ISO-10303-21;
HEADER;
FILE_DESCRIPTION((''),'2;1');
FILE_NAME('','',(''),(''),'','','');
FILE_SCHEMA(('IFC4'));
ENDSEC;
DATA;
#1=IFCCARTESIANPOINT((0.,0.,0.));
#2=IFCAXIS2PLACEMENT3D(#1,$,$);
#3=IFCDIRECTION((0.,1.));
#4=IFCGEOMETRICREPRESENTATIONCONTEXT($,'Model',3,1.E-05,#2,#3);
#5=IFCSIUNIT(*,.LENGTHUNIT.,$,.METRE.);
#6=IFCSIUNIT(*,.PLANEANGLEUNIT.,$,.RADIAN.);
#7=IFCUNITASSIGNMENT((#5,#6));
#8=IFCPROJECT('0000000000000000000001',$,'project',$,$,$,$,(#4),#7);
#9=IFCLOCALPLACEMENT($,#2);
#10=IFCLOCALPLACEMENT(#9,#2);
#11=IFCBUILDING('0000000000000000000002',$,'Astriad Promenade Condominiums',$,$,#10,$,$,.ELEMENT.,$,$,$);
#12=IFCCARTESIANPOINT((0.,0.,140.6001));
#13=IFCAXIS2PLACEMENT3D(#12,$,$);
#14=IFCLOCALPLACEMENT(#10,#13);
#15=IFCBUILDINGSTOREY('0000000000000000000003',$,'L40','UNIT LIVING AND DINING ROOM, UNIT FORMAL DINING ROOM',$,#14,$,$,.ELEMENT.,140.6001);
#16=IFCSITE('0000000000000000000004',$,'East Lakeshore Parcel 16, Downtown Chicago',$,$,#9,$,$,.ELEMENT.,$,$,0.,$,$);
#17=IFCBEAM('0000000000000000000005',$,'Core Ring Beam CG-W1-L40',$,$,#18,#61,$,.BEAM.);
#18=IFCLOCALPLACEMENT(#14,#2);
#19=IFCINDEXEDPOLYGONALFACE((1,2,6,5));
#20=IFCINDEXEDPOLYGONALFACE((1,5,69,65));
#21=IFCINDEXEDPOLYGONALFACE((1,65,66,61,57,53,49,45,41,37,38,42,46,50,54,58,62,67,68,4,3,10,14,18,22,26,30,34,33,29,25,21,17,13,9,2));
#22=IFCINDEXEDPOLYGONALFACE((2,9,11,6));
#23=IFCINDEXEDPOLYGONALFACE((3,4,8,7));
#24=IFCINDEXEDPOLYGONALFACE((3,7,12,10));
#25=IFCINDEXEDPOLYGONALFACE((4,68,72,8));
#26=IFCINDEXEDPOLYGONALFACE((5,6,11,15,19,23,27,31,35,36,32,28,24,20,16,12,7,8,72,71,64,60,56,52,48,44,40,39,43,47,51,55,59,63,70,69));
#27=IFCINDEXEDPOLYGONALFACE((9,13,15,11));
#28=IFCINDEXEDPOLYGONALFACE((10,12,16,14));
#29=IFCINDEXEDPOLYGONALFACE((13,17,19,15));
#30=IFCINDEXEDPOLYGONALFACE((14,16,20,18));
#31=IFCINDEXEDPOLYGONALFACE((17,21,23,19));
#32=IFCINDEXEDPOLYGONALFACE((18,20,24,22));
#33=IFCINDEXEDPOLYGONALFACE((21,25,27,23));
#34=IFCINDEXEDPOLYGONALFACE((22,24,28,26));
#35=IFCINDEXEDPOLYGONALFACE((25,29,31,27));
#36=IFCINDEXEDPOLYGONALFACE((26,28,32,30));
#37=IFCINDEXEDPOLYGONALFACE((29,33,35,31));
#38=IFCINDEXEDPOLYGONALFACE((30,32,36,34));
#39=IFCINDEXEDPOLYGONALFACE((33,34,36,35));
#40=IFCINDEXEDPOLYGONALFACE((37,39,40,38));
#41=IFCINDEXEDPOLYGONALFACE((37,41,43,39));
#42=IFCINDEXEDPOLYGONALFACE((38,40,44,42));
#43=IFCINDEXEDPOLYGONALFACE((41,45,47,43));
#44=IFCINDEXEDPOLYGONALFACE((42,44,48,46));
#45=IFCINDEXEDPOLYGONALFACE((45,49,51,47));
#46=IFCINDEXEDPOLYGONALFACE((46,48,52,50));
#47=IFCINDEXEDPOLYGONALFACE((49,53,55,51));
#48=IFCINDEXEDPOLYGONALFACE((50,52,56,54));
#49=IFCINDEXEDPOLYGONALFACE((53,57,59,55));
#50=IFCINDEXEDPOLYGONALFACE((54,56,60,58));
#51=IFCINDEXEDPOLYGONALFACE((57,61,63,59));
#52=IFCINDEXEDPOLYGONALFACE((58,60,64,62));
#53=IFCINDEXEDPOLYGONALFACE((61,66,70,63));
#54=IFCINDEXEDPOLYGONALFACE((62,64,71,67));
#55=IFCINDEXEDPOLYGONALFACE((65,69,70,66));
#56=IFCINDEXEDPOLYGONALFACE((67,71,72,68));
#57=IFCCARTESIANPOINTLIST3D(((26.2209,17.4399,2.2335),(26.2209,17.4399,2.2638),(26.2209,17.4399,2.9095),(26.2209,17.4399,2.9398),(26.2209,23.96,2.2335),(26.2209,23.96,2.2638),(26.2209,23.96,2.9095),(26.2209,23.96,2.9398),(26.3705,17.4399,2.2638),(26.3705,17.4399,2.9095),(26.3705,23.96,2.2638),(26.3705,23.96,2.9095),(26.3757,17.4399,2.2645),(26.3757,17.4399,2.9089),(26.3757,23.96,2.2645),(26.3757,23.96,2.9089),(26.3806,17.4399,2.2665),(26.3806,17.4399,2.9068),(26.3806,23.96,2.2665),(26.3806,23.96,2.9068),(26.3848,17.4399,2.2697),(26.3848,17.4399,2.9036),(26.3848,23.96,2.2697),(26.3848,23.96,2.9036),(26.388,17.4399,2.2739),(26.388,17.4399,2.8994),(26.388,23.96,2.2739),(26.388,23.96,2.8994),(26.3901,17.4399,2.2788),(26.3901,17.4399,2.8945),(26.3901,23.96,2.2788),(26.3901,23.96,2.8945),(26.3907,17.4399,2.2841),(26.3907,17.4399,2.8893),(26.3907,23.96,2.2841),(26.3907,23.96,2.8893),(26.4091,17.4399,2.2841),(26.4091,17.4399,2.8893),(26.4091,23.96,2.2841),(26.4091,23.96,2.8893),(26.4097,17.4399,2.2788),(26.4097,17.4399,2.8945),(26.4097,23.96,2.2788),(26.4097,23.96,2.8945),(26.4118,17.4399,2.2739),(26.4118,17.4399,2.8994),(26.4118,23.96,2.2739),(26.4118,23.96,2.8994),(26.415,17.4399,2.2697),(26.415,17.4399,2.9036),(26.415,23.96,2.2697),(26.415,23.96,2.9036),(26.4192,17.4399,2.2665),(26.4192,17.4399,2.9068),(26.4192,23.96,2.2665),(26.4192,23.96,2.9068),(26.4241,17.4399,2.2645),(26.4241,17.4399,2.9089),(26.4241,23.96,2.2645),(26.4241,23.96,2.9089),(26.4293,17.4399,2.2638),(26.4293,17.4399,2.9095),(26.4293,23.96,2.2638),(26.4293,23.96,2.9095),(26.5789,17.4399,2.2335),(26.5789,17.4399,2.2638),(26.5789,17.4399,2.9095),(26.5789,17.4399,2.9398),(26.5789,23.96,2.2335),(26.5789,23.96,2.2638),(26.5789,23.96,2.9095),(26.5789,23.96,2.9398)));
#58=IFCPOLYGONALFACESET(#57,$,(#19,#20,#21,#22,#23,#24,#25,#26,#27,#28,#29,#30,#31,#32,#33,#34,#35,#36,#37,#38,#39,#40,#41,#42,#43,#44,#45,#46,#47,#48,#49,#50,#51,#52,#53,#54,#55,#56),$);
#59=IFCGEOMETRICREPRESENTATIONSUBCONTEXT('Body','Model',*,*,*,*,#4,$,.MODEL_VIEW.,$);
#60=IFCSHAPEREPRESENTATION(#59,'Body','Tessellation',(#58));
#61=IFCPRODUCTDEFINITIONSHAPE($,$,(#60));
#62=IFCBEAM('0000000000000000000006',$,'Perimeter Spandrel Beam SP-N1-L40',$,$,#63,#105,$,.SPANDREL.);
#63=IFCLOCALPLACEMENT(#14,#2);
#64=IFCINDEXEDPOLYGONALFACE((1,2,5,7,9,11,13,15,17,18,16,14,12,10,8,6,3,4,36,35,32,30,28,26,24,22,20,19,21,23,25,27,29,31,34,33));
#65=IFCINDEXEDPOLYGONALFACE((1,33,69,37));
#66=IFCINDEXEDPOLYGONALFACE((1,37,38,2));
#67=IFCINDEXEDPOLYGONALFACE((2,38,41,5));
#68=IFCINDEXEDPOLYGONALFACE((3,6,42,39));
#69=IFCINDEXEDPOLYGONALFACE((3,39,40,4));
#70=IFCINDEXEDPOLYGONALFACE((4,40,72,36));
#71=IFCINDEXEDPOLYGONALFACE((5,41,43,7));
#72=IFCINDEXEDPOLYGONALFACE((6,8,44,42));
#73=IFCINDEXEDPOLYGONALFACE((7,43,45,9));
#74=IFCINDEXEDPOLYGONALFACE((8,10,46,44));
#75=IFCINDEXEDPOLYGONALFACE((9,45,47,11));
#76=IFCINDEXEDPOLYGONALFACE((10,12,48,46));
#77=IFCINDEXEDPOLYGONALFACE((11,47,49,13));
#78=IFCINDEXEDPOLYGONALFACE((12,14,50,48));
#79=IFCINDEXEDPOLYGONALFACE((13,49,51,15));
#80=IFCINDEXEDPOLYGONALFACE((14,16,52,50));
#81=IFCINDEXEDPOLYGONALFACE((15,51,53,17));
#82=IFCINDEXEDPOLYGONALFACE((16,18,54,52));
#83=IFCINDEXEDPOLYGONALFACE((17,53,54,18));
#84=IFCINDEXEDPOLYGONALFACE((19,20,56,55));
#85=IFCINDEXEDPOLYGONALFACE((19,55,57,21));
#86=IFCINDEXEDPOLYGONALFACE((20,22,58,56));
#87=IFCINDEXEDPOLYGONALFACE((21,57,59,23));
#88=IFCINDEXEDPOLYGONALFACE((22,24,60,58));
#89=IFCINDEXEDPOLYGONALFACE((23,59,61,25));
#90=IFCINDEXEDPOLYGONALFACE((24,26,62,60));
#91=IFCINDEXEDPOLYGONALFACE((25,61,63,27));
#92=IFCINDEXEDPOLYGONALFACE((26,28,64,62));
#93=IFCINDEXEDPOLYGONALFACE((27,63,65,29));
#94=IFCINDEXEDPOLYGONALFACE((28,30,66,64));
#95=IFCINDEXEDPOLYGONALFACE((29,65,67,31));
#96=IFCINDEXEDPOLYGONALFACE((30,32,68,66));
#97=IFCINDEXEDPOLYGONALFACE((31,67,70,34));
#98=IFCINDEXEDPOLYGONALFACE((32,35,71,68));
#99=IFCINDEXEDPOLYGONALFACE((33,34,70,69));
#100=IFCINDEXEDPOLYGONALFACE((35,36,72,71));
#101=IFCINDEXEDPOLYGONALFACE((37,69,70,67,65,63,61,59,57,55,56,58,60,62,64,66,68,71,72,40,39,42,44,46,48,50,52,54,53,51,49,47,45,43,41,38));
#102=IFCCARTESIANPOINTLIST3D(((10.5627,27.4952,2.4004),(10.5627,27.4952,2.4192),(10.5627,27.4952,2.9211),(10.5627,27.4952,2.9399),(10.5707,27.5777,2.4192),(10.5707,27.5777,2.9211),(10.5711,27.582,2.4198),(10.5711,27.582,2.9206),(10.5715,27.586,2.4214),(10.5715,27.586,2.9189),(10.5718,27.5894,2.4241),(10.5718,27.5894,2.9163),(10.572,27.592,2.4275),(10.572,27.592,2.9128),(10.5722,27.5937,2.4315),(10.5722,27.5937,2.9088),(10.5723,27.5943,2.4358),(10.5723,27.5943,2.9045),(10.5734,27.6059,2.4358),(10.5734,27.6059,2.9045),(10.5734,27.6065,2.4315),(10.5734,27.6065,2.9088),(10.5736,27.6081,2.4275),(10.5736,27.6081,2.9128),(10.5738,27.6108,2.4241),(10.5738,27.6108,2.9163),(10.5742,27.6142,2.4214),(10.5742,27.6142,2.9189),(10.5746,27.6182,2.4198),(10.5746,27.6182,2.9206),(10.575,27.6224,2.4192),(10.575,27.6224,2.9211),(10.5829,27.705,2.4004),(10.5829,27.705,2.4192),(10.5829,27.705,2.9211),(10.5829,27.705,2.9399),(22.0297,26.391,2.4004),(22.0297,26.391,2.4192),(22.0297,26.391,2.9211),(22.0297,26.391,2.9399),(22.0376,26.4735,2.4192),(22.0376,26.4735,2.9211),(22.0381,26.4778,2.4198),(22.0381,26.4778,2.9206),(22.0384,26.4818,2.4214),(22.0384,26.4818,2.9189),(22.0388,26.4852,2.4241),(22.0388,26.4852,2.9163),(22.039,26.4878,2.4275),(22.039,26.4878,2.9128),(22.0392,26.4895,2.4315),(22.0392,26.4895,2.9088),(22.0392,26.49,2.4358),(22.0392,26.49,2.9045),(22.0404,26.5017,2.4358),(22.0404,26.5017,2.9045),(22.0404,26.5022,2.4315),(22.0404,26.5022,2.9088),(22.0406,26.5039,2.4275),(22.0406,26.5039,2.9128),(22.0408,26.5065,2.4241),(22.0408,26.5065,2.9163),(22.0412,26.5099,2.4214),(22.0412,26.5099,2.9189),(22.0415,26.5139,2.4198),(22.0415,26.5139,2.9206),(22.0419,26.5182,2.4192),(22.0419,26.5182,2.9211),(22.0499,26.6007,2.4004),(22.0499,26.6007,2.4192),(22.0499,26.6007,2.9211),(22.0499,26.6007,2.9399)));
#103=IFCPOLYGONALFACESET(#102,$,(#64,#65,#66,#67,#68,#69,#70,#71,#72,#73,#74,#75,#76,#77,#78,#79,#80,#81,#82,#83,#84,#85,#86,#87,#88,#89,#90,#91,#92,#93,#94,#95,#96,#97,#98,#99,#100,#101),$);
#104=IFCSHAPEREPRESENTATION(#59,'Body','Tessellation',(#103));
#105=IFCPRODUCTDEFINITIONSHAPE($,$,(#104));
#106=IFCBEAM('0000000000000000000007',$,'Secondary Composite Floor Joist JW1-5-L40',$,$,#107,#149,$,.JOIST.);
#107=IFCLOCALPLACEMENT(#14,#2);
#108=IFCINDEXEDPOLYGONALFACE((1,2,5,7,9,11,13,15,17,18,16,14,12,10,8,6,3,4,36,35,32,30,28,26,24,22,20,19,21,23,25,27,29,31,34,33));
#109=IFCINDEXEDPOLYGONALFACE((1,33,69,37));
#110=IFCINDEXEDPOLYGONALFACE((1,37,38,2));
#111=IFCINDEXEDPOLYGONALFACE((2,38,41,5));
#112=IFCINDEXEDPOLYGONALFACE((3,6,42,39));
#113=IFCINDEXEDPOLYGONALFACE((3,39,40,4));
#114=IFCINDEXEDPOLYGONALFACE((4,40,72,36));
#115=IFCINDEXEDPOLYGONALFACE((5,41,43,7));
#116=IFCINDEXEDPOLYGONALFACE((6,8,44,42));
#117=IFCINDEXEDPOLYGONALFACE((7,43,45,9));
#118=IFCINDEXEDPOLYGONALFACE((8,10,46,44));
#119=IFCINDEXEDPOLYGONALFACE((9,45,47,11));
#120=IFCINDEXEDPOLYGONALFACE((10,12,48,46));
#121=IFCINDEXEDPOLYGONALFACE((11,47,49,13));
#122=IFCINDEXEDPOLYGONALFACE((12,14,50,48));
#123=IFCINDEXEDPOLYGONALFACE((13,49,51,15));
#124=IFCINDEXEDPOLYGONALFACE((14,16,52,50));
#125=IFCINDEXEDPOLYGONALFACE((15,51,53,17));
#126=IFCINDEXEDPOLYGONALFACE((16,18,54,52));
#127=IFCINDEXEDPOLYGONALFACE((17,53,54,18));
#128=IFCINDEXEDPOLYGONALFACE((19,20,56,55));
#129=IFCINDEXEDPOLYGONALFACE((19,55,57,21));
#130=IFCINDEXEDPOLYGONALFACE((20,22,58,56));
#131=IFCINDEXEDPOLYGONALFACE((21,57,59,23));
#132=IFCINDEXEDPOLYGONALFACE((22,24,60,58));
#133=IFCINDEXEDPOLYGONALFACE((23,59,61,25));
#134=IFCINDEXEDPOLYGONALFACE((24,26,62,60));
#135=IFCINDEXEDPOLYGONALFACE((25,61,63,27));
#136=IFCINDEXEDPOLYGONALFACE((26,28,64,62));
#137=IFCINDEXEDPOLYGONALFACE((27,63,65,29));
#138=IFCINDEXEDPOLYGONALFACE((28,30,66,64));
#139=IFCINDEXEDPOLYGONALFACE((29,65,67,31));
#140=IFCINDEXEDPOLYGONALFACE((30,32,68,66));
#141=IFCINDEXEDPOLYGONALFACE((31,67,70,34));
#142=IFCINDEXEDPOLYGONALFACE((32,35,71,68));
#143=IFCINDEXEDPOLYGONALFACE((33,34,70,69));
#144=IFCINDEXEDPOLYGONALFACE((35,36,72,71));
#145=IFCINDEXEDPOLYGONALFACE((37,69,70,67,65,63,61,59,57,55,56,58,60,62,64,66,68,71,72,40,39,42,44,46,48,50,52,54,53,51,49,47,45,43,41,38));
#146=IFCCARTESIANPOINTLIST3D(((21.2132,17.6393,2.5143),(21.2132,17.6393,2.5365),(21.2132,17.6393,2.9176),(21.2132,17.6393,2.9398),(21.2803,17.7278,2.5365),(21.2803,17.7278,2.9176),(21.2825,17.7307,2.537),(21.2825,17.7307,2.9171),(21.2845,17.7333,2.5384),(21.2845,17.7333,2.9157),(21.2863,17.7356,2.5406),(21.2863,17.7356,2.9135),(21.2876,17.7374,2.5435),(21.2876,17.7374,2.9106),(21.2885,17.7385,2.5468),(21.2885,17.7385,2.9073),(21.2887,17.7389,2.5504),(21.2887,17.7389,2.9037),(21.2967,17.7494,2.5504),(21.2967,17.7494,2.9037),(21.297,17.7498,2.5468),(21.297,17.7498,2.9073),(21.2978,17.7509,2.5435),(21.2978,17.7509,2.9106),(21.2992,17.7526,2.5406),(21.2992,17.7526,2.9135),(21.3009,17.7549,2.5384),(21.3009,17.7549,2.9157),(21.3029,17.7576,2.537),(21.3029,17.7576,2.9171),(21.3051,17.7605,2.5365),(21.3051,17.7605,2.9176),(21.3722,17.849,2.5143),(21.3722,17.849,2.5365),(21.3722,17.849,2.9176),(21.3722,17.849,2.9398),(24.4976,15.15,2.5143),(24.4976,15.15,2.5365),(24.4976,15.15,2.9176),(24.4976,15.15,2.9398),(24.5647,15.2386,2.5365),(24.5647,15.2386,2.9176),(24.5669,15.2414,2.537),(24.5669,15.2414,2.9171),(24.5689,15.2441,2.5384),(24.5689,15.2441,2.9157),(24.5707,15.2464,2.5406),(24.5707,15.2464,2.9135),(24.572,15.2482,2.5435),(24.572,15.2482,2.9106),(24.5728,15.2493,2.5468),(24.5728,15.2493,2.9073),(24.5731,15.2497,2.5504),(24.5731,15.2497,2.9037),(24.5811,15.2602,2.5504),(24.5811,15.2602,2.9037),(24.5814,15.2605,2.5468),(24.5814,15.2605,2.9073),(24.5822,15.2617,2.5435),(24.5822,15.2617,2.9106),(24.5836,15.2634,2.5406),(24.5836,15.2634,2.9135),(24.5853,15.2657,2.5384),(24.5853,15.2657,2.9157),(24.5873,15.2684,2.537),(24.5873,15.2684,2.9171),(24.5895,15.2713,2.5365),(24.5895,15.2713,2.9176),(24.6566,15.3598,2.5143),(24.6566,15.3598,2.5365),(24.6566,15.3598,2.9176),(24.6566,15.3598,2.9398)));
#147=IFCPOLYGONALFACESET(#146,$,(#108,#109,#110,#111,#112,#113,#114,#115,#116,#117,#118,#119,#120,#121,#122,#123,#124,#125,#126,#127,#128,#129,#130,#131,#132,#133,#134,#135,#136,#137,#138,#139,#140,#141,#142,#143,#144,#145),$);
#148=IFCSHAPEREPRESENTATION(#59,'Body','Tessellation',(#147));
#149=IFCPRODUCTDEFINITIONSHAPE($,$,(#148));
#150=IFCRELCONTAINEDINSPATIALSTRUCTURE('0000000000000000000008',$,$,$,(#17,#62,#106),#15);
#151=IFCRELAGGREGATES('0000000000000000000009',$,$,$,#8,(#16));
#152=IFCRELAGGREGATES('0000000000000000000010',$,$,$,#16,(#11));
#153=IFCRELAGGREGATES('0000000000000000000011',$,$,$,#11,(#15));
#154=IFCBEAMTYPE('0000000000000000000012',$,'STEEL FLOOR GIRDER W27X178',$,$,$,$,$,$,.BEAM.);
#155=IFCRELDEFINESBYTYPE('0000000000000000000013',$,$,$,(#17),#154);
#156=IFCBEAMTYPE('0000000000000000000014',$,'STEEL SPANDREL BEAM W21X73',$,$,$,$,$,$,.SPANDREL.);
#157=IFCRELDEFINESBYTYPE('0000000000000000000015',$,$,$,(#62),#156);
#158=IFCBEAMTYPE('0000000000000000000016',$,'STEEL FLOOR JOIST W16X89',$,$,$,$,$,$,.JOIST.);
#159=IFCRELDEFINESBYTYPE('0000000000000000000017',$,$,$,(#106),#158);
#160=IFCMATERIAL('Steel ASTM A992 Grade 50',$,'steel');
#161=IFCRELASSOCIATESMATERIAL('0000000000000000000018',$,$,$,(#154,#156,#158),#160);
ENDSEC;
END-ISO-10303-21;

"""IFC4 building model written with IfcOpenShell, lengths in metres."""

from ifc_helpers import new_model, si_unit, direction, frame, origin, origin_2d, place, context, subcontext, project, spatial, i_section, extrude, source, transform, mapped, material, material_profile, profile_set, type_object, type_shapes, element, save


model = new_model("IFC4")

# Units and contexts
model_context = context("Model", 3, precision=1e-05, world=origin(), true_north=direction((0.0, 1.0)))
body_context = subcontext(model_context, "Body", "Model", "MODEL_VIEW")
ifc_project = project(units=[si_unit("LENGTHUNIT", "METRE"), si_unit("PLANEANGLEUNIT", "RADIAN")], contexts=[model_context])

# Site, building, storey
site_placement = place(None, origin())
site = spatial("IfcSite", under=ifc_project, at=site_placement, Name="East Lakeshore Parcel 16, Downtown Chicago", CompositionType="ELEMENT", RefElevation=0.0)
building_placement = place(site_placement, origin())
building = spatial("IfcBuilding", under=site, at=building_placement, Name="Astriad Promenade Condominiums", CompositionType="ELEMENT")
storey_placement = place(building_placement, frame((0.0, 0.0, 140.6001)))
storey = spatial("IfcBuildingStorey", under=building, at=storey_placement, Name="L40", Description="UNIT LIVING AND DINING ROOM, UNIT FORMAL DINING ROOM", CompositionType="ELEMENT", Elevation=140.6001)

# Shared definitions
ifc_material_1 = material(Name="Steel ASTM A992 Grade 50", Category="steel")

# Beams
ifc_material_profile_1 = material_profile(ifc_material_1, i_section(OverallWidth=0.3579, OverallDepth=0.7063, WebThickness=0.0183, FlangeThickness=0.0303, FilletRadius=0.0203, at=origin_2d()), Name="W27X178")
ifc_profile_set_1 = profile_set([ifc_material_profile_1], Name="Steel ASTM A992 Grade 50")
beam_type_1 = type_object("IfcBeamType", Name="STEEL FLOOR GIRDER W27X178", PredefinedType="BEAM", material=ifc_profile_set_1)
shared_shape_1 = source(origin(), body_context, "Body", "SweptSolid", [
    extrude(i_section(OverallWidth=0.3579, OverallDepth=0.7063, WebThickness=0.0183, FlangeThickness=0.0303, FilletRadius=0.0203, at=origin_2d()), origin(), (0.0, 0.0, 1.0), 6.52),
])
type_shapes(beam_type_1, [shared_shape_1])
beam_1_placement = place(storey_placement, frame((26.3999, 17.4399, 2.5867), z_axis=(0.0, 1.0, 0.0), x_axis=(-1.0, 0.0, 0.0)))
element("IfcBeam", 1, at=beam_1_placement, inside=storey, type_object=beam_type_1, Name="Core Ring Beam CG-W1-L40", PredefinedType="BEAM", context=body_context, shape_type="MappedRepresentation", body=[
    mapped(shared_shape_1, transform((0.0, 0.0, 0.0), scale=1.0)),
])
ifc_material_profile_2 = material_profile(ifc_material_1, i_section(OverallWidth=0.2107, OverallDepth=0.5396, WebThickness=0.0117, FlangeThickness=0.0188, FilletRadius=0.0166, at=origin_2d()), Name="W21X73")
ifc_profile_set_2 = profile_set([ifc_material_profile_2], Name="Steel ASTM A992 Grade 50")
beam_type_2 = type_object("IfcBeamType", Name="STEEL SPANDREL BEAM W21X73", PredefinedType="SPANDREL", material=ifc_profile_set_2)
shared_shape_2 = source(origin(), body_context, "Body", "SweptSolid", [
    extrude(i_section(OverallWidth=0.2107, OverallDepth=0.5396, WebThickness=0.0117, FlangeThickness=0.0188, FilletRadius=0.0166, at=origin_2d()), origin(), (0.0, 0.0, 1.0), 11.52),
])
type_shapes(beam_type_2, [shared_shape_2])
beam_2_placement = place(storey_placement, frame((22.0398, 26.4958, 2.6702), z_axis=(-0.995395, 0.095854, 0.0), x_axis=(-0.095854, -0.995395, 0.0)))
element("IfcBeam", 2, at=beam_2_placement, inside=storey, type_object=beam_type_2, Name="Perimeter Spandrel Beam SP-N1-L40", PredefinedType="SPANDREL", context=body_context, shape_type="MappedRepresentation", body=[
    mapped(shared_shape_2, transform((0.0, 0.0, 0.0), scale=1.0)),
])
ifc_material_profile_3 = material_profile(ifc_material_1, i_section(OverallWidth=0.2632, OverallDepth=0.4255, WebThickness=0.0132, FlangeThickness=0.0222, FilletRadius=0.0139, at=origin_2d()), Name="W16X89")
ifc_profile_set_3 = profile_set([ifc_material_profile_3], Name="Steel ASTM A992 Grade 50")
beam_type_3 = type_object("IfcBeamType", Name="STEEL FLOOR JOIST W16X89", PredefinedType="JOIST", material=ifc_profile_set_3)
shared_shape_3 = source(origin(), body_context, "Body", "SweptSolid", [
    extrude(i_section(OverallWidth=0.2632, OverallDepth=0.4255, WebThickness=0.0132, FlangeThickness=0.0222, FilletRadius=0.0139, at=origin_2d()), origin(), (0.0, 0.0, 1.0), 4.1211),
])
beam_3_placement = place(storey_placement, frame((21.2927, 17.7441, 2.7271), z_axis=(0.796969, -0.604021, 0.0), x_axis=(0.604021, 0.796969, 0.0)))
element("IfcBeam", 3, at=beam_3_placement, inside=storey, type_object=beam_type_3, Name="Secondary Composite Floor Joist JW1-5-L40", PredefinedType="JOIST", context=body_context, shape_type="MappedRepresentation", body=[
    mapped(shared_shape_3, transform((0.0, 0.0, 0.0), scale=1.0)),
])

save(model, "model.ifc")
